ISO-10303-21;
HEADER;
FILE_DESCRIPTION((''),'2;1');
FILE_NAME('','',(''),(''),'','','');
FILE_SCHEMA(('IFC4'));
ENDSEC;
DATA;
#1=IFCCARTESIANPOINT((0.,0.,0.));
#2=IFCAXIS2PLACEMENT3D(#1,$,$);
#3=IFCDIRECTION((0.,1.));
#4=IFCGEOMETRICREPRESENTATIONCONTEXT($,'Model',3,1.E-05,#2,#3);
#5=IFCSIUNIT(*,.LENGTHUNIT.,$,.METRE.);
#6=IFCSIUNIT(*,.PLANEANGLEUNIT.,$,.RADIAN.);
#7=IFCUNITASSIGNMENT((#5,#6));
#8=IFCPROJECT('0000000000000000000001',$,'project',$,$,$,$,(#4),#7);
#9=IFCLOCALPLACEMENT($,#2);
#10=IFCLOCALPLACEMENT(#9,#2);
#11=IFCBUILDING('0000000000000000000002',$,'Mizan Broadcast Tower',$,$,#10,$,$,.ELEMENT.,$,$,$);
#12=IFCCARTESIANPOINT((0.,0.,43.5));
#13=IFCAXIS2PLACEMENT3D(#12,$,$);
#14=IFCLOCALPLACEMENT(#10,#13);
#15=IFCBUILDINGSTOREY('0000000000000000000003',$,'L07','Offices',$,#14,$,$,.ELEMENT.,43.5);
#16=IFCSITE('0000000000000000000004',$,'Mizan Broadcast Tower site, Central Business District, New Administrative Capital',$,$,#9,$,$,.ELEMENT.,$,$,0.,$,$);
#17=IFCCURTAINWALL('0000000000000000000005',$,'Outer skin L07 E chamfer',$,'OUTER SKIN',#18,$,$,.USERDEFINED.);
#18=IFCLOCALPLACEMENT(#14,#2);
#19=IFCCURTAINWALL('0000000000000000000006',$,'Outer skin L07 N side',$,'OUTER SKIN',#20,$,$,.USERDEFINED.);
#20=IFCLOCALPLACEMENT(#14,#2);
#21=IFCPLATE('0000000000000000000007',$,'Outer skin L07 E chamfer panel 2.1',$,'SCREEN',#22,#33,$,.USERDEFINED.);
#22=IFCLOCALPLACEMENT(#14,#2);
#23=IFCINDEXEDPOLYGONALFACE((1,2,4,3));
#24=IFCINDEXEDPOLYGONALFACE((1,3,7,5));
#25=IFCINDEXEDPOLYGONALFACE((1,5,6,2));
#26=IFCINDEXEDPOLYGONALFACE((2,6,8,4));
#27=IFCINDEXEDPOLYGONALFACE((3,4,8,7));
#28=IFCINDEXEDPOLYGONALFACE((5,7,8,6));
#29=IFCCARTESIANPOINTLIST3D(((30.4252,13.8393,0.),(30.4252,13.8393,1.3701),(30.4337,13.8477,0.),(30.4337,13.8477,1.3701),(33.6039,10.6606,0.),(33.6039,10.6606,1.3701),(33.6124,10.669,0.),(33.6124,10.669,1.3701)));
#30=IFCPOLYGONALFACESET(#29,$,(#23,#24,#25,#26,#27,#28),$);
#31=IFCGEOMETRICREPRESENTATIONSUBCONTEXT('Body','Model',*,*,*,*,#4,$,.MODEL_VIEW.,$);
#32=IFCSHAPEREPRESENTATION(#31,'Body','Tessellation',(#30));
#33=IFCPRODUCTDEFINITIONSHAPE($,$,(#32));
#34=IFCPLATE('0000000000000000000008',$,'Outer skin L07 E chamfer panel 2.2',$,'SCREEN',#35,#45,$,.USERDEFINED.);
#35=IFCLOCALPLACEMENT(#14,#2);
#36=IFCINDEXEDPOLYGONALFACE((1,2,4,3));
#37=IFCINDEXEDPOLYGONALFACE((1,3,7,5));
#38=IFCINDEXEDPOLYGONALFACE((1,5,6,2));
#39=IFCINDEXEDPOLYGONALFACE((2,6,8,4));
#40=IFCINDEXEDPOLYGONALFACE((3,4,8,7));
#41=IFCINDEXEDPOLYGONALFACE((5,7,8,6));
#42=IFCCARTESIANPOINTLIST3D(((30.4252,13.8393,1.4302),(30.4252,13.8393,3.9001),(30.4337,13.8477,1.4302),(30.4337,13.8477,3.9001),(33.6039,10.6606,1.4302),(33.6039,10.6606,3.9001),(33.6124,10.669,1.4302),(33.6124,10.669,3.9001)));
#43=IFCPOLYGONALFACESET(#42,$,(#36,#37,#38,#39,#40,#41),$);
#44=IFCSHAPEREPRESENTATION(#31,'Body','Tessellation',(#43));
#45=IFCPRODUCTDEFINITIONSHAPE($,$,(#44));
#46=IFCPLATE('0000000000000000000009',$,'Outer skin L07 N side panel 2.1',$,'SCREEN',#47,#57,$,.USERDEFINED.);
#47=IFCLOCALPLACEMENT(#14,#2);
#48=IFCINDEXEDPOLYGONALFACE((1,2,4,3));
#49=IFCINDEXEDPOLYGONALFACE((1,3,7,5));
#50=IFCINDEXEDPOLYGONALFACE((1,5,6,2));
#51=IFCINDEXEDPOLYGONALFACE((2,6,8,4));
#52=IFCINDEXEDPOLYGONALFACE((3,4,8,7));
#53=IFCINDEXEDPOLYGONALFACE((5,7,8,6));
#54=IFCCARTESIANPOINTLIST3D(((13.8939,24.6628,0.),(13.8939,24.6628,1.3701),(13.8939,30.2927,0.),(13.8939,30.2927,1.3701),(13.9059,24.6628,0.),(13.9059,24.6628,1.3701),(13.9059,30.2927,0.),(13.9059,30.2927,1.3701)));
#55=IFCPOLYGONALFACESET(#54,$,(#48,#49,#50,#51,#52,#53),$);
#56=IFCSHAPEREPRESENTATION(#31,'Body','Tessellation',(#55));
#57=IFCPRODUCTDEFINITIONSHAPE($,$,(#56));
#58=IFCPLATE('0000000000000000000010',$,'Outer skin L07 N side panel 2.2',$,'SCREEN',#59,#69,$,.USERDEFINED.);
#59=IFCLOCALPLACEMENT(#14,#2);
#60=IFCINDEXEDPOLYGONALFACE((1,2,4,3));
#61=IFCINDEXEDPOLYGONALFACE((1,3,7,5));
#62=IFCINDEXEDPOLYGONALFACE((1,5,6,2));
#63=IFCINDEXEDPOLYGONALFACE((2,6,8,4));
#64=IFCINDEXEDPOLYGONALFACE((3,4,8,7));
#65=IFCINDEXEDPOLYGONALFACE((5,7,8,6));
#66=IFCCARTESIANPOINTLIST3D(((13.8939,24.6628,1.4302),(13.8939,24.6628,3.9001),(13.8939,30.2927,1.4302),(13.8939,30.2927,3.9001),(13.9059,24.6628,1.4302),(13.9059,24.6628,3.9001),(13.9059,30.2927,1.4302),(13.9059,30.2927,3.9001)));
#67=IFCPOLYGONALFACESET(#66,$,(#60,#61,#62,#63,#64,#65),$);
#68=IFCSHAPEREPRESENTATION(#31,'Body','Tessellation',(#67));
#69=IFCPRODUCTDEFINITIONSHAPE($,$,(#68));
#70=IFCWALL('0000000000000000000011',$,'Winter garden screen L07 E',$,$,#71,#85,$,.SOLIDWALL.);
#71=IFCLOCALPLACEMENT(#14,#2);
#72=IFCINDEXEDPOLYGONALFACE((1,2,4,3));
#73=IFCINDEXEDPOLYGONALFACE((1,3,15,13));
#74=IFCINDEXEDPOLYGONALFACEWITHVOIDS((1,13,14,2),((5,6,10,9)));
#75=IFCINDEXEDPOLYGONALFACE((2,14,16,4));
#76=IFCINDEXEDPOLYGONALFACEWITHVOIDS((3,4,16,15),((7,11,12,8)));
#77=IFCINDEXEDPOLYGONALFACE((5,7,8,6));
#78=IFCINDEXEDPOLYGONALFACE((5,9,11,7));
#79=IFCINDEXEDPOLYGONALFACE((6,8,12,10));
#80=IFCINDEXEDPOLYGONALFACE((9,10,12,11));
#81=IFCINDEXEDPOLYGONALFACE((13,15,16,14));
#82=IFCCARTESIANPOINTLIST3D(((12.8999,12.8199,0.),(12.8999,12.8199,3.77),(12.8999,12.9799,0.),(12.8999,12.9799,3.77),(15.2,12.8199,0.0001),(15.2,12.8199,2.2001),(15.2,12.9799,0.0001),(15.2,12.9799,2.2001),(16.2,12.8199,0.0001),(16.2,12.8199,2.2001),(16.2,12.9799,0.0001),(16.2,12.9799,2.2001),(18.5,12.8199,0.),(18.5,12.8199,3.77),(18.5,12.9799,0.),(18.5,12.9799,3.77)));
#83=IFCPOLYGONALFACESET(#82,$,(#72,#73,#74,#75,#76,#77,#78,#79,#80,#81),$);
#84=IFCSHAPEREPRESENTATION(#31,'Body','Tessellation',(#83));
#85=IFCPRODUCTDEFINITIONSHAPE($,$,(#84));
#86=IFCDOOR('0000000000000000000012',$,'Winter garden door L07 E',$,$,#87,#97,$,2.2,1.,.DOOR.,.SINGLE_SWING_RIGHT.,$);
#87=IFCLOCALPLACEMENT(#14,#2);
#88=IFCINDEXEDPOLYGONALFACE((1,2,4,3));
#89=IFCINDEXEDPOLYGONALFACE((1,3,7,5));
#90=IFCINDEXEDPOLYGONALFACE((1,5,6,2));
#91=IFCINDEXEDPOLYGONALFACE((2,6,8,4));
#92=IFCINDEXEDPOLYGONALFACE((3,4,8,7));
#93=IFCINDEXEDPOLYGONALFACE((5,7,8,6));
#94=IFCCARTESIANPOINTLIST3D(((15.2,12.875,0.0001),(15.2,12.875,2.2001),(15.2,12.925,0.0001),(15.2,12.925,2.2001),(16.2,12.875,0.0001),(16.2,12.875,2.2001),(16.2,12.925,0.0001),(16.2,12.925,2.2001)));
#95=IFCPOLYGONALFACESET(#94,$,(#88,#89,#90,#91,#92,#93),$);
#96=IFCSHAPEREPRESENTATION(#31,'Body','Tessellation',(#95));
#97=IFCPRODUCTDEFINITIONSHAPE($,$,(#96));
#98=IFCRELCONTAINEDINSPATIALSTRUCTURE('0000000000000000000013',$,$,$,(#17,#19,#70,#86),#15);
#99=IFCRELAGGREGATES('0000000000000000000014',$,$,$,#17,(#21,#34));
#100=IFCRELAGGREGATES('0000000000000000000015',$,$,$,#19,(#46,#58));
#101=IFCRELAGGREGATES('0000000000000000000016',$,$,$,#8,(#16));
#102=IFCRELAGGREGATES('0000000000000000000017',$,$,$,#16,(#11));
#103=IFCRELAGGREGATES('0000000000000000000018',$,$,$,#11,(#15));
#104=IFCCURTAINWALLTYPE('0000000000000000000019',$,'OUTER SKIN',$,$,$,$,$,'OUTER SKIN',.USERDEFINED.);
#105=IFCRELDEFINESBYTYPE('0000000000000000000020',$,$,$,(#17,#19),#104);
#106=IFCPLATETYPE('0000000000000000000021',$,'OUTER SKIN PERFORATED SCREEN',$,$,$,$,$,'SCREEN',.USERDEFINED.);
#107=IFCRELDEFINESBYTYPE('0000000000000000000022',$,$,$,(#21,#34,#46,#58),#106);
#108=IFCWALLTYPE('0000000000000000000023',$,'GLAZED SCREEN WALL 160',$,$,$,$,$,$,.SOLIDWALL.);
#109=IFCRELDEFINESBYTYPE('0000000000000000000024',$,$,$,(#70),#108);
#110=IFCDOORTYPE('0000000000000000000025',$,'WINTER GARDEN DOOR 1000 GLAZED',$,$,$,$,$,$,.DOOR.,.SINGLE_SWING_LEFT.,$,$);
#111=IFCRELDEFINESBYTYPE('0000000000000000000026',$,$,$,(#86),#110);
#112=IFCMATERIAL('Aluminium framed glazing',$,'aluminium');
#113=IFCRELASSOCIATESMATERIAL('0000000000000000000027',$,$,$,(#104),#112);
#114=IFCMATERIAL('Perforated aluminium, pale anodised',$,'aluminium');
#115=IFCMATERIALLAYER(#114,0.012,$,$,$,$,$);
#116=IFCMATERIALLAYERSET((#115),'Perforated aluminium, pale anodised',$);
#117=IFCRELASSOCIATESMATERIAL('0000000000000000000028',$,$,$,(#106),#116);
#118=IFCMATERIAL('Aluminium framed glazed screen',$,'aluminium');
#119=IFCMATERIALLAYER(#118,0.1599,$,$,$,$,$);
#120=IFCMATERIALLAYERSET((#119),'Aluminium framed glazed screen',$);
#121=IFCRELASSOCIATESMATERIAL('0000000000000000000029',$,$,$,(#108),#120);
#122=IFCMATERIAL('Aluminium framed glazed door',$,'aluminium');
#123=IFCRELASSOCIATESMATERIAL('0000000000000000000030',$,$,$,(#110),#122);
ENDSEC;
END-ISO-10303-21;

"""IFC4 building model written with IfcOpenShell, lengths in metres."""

from ifc_helpers import new_model, si_unit, direction, frame, frame_2d, origin, origin_2d, place, context, subcontext, project, spatial, rectangle, extrude, material, layer, layer_set, type_object, element, fill, aggregate, save


model = new_model("IFC4")

# Units and contexts
model_context = context("Model", 3, precision=1e-05, world=origin(), true_north=direction((0.0, 1.0)))
body_context = subcontext(model_context, "Body", "Model", "MODEL_VIEW")
ifc_project = project(units=[si_unit("LENGTHUNIT", "METRE"), si_unit("PLANEANGLEUNIT", "RADIAN")], contexts=[model_context])

# Site, building, storey
site_placement = place(None, origin())
site = spatial("IfcSite", under=ifc_project, at=site_placement, Name="Mizan Broadcast Tower site, Central Business District, New Administrative Capital", CompositionType="ELEMENT", RefElevation=0.0)
building_placement = place(site_placement, origin())
building = spatial("IfcBuilding", under=site, at=building_placement, Name="Mizan Broadcast Tower", CompositionType="ELEMENT")
storey_placement = place(building_placement, frame((0.0, 0.0, 43.5)))
storey = spatial("IfcBuildingStorey", under=building, at=storey_placement, Name="L07", Description="Offices", CompositionType="ELEMENT", Elevation=43.5)

# Curtain wall
ifc_material_1 = material(Name="Aluminium framed glazing", Category="aluminium")
curtain_wall_type_1 = type_object("IfcCurtainWallType", Name="OUTER SKIN", ElementType="OUTER SKIN", PredefinedType="USERDEFINED", material=ifc_material_1)
curtain_wall_1_placement = place(storey_placement, origin())
curtain_wall_1 = element("IfcCurtainWall", 1, at=curtain_wall_1_placement, inside=storey, type_object=curtain_wall_type_1, Name="Outer skin L07 E chamfer", ObjectType="OUTER SKIN", PredefinedType="USERDEFINED")

# Curtain wall
curtain_wall_2_placement = place(storey_placement, origin())
curtain_wall_2 = element("IfcCurtainWall", 2, at=curtain_wall_2_placement, inside=storey, type_object=curtain_wall_type_1, Name="Outer skin L07 N side", ObjectType="OUTER SKIN", PredefinedType="USERDEFINED")

# Plates
ifc_material_2 = material(Name="Perforated aluminium, pale anodised", Category="aluminium")
ifc_layer_1 = layer(ifc_material_2, 0.012)
ifc_layer_set_1 = layer_set([ifc_layer_1], Name="Perforated aluminium, pale anodised")
plate_type_1 = type_object("IfcPlateType", Name="OUTER SKIN PERFORATED SCREEN", ElementType="SCREEN", PredefinedType="USERDEFINED", material=ifc_layer_set_1)
plate_1_placement = place(storey_placement, frame((32.0188, 12.2542, 0.0), z_axis=(0.0, 0.0, 1.0), x_axis=(-0.707107, 0.707107, 0.0)))
plate_1 = element("IfcPlate", 3, at=plate_1_placement, type_object=plate_type_1, Name="Outer skin L07 E chamfer panel 2.1", ObjectType="SCREEN", PredefinedType="USERDEFINED", context=body_context, shape_type="SweptSolid", body=[
    extrude(rectangle(XDim=4.4954, YDim=0.012, at=origin_2d()), origin(), (0.0, 0.0, 1.0), 1.3701),
])
plate_2_placement = place(storey_placement, frame((32.0188, 12.2542, 1.4302), z_axis=(0.0, 0.0, 1.0), x_axis=(-0.707107, 0.707107, 0.0)))
plate_2 = element("IfcPlate", 4, at=plate_2_placement, type_object=plate_type_1, Name="Outer skin L07 E chamfer panel 2.2", ObjectType="SCREEN", PredefinedType="USERDEFINED", context=body_context, shape_type="SweptSolid", body=[
    extrude(rectangle(XDim=4.4954, YDim=0.012, at=origin_2d()), origin(), (0.0, 0.0, 1.0), 2.47),
])
aggregate(curtain_wall_1, [plate_1, plate_2])
plate_3_placement = place(storey_placement, frame((13.8999, 27.4778, 0.0), z_axis=(0.0, 0.0, 1.0), x_axis=(0.0, 1.0, 0.0)))
plate_3 = element("IfcPlate", 5, at=plate_3_placement, type_object=plate_type_1, Name="Outer skin L07 N side panel 2.1", ObjectType="SCREEN", PredefinedType="USERDEFINED", context=body_context, shape_type="SweptSolid", body=[
    extrude(rectangle(XDim=5.6299, YDim=0.012, at=origin_2d()), origin(), (0.0, 0.0, 1.0), 1.3701),
])
plate_4_placement = place(storey_placement, frame((13.8999, 27.4778, 1.4302), z_axis=(0.0, 0.0, 1.0), x_axis=(0.0, 1.0, 0.0)))
plate_4 = element("IfcPlate", 6, at=plate_4_placement, type_object=plate_type_1, Name="Outer skin L07 N side panel 2.2", ObjectType="SCREEN", PredefinedType="USERDEFINED", context=body_context, shape_type="SweptSolid", body=[
    extrude(rectangle(XDim=5.6299, YDim=0.012, at=origin_2d()), origin(), (0.0, 0.0, 1.0), 2.47),
])
aggregate(curtain_wall_2, [plate_3, plate_4])

# Wall, opening, door
ifc_material_3 = material(Name="Aluminium framed glazed screen", Category="aluminium")
ifc_layer_2 = layer(ifc_material_3, 0.1599)
ifc_layer_set_2 = layer_set([ifc_layer_2], Name="Aluminium framed glazed screen")
wall_type = type_object("IfcWallType", Name="GLAZED SCREEN WALL 160", PredefinedType="SOLIDWALL", material=ifc_layer_set_2)
wall_placement = place(storey_placement, frame((18.5, 12.8999, 0.0), z_axis=(0.0, 0.0, 1.0), x_axis=(-1.0, 0.0, 0.0)))
wall = element("IfcWall", 7, at=wall_placement, inside=storey, type_object=wall_type, Name="Winter garden screen L07 E", PredefinedType="SOLIDWALL", context=body_context, shape_type="SweptSolid", body=[
    extrude(rectangle(XDim=5.6001, YDim=0.1599, at=frame_2d((2.8, 0.0))), origin(), (0.0, 0.0, 1.0), 3.77),
])
opening_placement = place(wall_placement, frame((2.3, 0.0, 0.0)))
opening = element("IfcOpeningElement", 8, at=opening_placement, cuts=wall, PredefinedType="OPENING", context=body_context, shape_type="SweptSolid", body=[
    extrude(rectangle(XDim=1.0, YDim=2.2, at=frame_2d((0.5, 1.1001))), frame((0.0, 0.0898, 0.0), z_axis=(0.0, -1.0, 0.0), x_axis=(1.0, 0.0, 0.0)), (0.0, 0.0, 1.0), 0.1799),
])
ifc_material_4 = material(Name="Aluminium framed glazed door", Category="aluminium")
door_type = type_object("IfcDoorType", Name="WINTER GARDEN DOOR 1000 GLAZED", OperationType="SINGLE_SWING_LEFT", PredefinedType="DOOR", material=ifc_material_4)
door_placement = place(opening_placement, origin())
door = element("IfcDoor", 9, at=door_placement, inside=storey, type_object=door_type, Name="Winter garden door L07 E", OperationType="SINGLE_SWING_RIGHT", OverallHeight=2.2, OverallWidth=1.0, PredefinedType="DOOR", context=body_context, shape_type="SweptSolid", body=[
    extrude(rectangle(XDim=1.0, YDim=2.2, at=frame_2d((0.5, 1.1001))), frame((0.0, 0.0249, 0.0), z_axis=(0.0, -1.0, 0.0), x_axis=(1.0, 0.0, 0.0)), (0.0, 0.0, 1.0), 0.05),
])
fill(opening, door)

save(model, "model.ifc")
